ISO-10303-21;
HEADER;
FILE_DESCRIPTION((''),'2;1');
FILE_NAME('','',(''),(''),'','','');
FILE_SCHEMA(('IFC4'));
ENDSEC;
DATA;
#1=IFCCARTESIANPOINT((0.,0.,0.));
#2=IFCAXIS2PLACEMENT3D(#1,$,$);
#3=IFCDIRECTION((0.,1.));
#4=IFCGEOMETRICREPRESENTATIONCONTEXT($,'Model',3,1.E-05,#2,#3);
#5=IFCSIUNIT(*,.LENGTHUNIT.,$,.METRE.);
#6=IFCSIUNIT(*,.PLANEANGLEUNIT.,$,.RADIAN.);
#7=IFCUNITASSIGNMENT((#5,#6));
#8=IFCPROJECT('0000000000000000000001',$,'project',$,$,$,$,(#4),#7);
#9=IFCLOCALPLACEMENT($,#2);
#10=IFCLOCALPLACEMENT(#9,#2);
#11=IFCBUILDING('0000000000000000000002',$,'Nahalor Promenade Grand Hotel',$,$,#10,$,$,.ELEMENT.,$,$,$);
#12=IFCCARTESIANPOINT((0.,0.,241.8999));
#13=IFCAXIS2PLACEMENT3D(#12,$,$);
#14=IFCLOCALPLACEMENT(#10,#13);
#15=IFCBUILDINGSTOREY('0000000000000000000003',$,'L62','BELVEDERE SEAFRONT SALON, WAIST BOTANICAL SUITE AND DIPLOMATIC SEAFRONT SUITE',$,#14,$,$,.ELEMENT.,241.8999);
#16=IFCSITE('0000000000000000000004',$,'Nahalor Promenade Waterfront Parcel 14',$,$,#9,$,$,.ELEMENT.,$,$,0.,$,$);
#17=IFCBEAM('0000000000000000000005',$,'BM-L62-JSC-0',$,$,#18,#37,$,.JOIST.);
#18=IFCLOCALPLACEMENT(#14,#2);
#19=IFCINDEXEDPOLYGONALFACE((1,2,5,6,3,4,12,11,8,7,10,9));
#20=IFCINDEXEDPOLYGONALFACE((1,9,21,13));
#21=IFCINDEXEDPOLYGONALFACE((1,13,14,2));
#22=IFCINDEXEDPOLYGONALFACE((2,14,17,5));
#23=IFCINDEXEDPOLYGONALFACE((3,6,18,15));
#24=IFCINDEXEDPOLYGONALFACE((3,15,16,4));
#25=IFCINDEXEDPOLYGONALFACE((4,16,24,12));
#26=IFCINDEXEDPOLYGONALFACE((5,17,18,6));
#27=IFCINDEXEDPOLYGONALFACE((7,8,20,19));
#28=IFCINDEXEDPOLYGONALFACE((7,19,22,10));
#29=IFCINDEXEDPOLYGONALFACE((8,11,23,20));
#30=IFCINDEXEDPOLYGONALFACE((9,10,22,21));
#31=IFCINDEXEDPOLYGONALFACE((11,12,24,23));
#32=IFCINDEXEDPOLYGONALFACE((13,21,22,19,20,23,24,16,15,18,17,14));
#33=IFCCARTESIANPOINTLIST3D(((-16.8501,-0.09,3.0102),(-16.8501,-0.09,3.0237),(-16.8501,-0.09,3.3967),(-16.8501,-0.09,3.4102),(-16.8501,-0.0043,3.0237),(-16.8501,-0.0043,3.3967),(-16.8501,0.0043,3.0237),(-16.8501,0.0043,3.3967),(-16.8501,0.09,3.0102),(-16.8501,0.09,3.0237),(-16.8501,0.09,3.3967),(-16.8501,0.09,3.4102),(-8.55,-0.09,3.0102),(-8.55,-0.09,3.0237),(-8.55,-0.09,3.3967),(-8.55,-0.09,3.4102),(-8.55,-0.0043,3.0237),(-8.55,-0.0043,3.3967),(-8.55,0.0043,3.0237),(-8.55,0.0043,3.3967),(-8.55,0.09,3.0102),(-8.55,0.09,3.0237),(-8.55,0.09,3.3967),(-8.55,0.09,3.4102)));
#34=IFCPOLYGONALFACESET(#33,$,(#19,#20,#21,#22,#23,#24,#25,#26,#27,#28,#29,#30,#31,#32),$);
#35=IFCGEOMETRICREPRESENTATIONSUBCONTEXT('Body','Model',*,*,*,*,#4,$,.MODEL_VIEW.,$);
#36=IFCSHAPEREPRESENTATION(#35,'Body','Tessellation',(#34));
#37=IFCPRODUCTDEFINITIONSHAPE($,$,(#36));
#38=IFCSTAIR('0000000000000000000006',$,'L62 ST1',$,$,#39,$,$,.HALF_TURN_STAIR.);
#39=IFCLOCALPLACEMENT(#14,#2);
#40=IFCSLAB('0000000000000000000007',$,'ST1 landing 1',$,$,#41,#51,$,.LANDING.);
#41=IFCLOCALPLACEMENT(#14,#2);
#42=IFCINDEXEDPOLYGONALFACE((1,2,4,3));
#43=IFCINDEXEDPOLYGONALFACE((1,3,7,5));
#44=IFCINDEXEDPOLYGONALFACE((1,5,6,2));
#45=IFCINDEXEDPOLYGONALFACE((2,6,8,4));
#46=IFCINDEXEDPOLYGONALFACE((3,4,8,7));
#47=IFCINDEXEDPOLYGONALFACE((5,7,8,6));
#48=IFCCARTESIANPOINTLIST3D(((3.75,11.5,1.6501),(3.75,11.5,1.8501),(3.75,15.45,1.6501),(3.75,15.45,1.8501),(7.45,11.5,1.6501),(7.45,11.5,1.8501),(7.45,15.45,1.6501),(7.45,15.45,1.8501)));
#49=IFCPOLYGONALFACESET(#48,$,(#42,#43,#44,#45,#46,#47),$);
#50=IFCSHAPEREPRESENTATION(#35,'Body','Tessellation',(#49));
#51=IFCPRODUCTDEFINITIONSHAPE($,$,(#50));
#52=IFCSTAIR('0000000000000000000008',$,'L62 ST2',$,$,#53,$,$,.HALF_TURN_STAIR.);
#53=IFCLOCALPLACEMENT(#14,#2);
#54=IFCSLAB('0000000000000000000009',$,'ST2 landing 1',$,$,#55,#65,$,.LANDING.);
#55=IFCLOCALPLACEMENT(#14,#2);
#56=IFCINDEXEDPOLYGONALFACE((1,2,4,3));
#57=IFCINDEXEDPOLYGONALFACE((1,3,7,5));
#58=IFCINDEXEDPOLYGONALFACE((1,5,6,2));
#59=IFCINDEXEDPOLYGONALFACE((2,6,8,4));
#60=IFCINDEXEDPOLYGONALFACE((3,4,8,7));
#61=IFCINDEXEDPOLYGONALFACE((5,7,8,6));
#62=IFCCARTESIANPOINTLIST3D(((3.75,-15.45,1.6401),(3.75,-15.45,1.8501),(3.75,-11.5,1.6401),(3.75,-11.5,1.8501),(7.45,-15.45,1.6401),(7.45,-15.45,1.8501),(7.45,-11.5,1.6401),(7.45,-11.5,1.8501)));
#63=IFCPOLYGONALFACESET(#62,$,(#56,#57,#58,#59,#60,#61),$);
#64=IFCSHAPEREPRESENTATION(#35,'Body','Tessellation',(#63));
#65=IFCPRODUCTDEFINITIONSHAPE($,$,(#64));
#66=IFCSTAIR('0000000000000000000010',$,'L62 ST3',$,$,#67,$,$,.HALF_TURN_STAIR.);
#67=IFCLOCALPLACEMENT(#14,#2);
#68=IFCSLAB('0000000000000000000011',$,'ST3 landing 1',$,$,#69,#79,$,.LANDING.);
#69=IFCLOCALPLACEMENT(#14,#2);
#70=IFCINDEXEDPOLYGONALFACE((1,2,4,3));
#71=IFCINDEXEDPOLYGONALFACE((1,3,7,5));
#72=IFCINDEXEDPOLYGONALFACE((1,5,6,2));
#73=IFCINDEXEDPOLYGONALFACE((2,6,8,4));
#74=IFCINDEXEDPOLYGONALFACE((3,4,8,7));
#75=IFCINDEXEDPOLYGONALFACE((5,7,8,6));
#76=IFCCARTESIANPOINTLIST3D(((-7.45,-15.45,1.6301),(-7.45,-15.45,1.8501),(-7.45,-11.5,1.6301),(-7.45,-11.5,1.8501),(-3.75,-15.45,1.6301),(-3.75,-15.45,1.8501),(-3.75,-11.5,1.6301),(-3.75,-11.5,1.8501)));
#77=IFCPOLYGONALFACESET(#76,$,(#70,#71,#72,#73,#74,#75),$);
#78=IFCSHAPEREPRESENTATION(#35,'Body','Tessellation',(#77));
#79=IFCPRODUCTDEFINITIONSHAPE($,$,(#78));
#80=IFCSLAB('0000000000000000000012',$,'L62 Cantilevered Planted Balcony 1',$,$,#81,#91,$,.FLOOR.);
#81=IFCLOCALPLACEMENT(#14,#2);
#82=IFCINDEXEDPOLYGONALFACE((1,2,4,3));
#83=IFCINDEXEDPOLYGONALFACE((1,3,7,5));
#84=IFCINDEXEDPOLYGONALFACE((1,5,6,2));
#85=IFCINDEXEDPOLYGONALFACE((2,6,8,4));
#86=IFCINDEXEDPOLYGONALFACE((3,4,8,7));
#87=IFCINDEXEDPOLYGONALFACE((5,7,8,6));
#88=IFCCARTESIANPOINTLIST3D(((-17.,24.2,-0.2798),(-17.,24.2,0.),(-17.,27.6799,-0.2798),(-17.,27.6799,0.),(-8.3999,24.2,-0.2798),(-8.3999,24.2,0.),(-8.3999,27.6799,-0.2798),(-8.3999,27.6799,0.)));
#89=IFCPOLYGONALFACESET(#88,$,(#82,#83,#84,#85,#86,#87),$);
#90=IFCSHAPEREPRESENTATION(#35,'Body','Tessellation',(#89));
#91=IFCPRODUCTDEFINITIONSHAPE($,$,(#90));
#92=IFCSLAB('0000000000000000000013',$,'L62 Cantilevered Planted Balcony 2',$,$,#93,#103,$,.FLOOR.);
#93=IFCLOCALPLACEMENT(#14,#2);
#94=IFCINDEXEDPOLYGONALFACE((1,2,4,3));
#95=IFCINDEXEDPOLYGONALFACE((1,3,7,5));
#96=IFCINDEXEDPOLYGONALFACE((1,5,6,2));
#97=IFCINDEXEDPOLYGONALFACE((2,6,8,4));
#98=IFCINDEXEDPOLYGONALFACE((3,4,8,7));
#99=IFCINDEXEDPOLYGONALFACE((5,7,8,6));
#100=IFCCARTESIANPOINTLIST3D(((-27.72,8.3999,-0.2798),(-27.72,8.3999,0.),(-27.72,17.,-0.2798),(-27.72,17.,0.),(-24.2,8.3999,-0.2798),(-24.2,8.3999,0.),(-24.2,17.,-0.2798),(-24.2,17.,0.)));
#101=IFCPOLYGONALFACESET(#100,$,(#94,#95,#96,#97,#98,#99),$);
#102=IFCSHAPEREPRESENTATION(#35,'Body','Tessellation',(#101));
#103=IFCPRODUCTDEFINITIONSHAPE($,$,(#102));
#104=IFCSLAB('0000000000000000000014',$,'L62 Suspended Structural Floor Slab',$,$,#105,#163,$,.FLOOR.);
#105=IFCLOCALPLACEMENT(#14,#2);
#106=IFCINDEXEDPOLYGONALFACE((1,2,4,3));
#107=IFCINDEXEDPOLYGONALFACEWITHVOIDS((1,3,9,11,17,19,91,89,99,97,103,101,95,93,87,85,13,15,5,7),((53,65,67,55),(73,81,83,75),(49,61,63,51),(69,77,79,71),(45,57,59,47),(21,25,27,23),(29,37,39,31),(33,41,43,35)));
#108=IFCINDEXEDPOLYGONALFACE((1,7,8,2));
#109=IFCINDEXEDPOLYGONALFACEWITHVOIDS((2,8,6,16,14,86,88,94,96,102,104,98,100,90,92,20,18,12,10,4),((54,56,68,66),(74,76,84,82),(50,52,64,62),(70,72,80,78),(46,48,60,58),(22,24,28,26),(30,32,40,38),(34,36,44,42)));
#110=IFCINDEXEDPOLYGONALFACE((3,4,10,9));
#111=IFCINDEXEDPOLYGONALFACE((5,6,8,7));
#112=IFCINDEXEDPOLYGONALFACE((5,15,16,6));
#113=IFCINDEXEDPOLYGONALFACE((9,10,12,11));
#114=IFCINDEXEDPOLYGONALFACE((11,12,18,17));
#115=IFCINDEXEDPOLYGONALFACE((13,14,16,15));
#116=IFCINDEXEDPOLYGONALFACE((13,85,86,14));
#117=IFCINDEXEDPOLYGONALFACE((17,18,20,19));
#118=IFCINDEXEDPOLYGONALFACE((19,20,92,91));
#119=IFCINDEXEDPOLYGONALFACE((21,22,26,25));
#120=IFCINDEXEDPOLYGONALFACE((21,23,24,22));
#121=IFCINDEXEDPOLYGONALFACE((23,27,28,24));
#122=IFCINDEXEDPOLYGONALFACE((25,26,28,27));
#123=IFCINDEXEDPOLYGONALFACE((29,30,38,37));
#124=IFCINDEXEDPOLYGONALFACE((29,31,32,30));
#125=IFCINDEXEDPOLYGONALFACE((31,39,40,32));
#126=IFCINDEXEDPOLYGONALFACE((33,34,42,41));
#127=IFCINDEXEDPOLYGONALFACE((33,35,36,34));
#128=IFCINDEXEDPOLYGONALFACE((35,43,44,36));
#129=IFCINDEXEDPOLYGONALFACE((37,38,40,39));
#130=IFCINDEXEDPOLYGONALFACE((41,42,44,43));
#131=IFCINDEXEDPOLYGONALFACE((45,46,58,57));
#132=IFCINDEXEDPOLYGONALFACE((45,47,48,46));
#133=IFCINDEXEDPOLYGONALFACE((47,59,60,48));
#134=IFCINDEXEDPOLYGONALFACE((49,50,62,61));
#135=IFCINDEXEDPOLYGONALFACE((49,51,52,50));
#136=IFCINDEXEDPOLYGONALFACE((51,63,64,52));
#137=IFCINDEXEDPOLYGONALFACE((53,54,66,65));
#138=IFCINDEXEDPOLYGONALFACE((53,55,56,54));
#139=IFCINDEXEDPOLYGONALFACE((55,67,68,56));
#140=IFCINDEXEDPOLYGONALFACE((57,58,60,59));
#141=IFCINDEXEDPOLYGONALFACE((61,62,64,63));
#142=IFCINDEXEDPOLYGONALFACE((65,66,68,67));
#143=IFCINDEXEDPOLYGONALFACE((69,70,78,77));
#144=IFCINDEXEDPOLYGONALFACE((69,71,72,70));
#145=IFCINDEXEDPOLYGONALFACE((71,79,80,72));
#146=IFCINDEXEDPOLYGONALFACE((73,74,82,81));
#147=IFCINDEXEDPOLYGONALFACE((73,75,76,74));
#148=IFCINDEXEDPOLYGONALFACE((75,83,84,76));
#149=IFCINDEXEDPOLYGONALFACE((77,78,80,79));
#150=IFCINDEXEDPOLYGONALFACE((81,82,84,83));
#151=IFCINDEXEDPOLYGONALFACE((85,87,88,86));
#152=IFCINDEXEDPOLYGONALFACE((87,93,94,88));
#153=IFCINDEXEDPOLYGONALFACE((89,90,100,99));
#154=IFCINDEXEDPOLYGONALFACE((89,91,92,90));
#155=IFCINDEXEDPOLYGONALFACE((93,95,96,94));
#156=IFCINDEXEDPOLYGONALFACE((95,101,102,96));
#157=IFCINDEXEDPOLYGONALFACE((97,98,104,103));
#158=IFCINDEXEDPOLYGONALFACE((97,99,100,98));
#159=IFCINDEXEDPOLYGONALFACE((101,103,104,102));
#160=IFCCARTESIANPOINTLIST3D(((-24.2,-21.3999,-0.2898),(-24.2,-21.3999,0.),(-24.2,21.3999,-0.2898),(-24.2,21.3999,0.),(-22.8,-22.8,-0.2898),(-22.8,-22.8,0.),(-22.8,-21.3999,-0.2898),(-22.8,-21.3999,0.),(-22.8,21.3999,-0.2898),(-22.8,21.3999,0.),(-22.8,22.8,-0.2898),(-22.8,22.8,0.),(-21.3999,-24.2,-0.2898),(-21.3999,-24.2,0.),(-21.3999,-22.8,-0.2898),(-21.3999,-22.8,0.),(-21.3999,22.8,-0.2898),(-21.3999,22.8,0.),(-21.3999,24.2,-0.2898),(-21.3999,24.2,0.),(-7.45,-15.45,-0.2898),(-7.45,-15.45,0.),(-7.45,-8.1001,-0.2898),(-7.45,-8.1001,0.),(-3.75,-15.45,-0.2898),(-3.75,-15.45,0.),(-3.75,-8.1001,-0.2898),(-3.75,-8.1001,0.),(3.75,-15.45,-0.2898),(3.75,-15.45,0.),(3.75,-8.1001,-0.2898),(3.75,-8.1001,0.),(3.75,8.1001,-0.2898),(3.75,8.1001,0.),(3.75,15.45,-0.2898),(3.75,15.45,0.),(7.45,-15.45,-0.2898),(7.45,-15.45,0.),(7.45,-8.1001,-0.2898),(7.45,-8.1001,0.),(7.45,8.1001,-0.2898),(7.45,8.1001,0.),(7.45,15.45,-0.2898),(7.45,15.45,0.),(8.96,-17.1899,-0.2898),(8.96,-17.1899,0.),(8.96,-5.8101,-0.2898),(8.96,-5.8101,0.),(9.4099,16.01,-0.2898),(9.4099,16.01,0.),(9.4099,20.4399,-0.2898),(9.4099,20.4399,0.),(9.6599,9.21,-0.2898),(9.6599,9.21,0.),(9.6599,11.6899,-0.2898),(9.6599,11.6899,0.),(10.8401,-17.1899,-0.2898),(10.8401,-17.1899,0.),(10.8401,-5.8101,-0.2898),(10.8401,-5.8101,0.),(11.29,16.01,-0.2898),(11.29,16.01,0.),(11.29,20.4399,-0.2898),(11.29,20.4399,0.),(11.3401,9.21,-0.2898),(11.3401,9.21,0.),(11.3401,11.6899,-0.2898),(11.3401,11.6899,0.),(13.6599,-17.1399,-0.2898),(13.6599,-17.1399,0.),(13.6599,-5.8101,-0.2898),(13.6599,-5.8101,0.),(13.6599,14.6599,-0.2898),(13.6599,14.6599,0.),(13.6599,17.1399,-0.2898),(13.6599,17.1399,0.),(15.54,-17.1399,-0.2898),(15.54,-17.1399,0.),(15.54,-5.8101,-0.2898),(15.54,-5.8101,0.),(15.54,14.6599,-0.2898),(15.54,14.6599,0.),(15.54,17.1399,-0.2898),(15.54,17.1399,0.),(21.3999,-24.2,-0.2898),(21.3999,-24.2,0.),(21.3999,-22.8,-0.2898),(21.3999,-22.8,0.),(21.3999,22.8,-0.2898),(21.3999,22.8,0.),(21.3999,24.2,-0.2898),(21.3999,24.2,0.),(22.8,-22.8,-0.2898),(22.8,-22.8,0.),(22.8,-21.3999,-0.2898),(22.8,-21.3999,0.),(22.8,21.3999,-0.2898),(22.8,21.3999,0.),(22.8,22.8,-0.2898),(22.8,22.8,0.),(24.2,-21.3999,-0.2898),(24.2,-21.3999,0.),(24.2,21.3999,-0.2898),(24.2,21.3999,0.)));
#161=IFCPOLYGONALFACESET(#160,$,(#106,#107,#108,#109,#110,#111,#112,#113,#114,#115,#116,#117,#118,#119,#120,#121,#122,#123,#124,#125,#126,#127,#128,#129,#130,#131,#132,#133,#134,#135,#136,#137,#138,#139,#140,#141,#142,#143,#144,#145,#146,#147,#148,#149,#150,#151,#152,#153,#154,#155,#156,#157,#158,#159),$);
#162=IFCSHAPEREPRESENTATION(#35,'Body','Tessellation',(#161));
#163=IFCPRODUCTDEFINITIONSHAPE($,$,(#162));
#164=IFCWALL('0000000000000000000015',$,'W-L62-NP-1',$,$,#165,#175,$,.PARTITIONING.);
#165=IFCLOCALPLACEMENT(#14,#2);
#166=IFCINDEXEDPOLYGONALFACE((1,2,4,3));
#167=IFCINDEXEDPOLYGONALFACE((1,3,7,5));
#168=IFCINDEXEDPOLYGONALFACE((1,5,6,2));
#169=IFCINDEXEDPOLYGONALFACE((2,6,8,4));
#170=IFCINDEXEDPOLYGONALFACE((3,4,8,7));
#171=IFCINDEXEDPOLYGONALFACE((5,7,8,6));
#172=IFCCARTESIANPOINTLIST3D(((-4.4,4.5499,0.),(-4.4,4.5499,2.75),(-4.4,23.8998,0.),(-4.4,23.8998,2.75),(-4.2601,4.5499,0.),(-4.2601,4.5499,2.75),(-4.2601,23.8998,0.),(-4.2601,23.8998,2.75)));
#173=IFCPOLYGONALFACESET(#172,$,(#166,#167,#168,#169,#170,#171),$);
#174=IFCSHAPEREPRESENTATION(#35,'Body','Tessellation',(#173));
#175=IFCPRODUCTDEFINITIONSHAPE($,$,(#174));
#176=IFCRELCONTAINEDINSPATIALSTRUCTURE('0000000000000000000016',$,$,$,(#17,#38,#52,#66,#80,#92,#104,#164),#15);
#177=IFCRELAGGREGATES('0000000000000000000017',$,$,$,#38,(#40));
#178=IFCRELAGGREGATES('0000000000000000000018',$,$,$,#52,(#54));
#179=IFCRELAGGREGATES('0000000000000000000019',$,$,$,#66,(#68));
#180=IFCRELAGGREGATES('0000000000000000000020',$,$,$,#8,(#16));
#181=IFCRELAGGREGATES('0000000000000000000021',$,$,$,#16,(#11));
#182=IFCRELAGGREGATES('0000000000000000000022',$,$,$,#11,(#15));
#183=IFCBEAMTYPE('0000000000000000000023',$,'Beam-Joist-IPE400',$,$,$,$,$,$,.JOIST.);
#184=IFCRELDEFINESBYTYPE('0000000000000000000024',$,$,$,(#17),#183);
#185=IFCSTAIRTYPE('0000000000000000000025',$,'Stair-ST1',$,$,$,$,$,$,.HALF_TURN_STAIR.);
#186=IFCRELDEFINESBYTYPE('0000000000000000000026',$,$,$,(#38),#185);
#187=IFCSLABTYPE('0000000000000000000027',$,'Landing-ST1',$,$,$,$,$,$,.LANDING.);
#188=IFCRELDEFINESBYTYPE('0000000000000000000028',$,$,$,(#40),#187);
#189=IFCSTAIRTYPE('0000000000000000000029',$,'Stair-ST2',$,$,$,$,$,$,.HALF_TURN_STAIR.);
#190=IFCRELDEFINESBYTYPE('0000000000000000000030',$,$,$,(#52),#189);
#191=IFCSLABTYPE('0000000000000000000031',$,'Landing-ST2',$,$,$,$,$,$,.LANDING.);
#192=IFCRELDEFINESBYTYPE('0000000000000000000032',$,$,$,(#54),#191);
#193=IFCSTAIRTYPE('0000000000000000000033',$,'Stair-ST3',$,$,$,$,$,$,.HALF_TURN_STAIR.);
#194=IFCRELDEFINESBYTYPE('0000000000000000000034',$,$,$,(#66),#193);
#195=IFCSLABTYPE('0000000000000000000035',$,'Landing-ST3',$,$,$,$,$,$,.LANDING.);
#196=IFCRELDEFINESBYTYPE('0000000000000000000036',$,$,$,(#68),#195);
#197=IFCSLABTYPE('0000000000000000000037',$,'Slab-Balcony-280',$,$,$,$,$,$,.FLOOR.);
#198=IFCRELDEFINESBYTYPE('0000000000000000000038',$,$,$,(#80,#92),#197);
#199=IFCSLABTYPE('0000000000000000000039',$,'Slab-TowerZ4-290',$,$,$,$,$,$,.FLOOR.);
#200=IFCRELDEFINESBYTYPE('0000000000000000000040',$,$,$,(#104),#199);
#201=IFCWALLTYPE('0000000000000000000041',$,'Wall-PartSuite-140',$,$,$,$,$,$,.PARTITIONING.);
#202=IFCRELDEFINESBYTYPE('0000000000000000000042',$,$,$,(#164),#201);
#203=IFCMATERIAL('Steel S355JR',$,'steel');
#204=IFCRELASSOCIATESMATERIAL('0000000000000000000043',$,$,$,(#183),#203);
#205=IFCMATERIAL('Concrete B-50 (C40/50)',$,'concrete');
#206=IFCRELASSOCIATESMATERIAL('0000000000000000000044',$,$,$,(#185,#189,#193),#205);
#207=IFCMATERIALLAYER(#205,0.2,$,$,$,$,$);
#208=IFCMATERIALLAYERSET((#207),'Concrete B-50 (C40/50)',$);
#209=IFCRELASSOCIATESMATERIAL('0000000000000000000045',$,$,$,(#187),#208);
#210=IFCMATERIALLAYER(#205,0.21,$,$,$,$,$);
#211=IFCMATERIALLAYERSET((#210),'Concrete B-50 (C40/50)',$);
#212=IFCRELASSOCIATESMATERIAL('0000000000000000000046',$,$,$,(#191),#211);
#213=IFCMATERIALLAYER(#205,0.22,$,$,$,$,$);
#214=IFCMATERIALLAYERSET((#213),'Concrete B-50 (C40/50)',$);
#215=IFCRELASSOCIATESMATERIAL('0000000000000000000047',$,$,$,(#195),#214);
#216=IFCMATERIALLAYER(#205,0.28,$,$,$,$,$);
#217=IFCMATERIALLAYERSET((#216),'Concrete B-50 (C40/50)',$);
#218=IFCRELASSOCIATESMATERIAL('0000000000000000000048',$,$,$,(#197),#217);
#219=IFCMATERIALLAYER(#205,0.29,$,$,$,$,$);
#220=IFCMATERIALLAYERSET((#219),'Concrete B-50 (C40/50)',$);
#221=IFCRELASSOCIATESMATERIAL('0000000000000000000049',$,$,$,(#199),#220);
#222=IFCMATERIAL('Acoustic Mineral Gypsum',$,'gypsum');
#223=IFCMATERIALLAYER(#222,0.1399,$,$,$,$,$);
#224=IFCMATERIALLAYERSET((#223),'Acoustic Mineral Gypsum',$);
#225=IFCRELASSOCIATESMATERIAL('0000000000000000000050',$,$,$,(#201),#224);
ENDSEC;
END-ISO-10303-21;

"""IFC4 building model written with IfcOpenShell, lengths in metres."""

from ifc_helpers import new_model, si_unit, direction, frame, frame_2d, origin, origin_2d, place, context, subcontext, project, spatial, polyline, rectangle, i_section, outline, extrude, source, transform, mapped, material, layer, layer_set, material_profile, profile_set, type_object, element, aggregate, save


model = new_model("IFC4")

# Units and contexts
model_context = context("Model", 3, precision=1e-05, world=origin(), true_north=direction((0.0, 1.0)))
body_context = subcontext(model_context, "Body", "Model", "MODEL_VIEW")
ifc_project = project(units=[si_unit("LENGTHUNIT", "METRE"), si_unit("PLANEANGLEUNIT", "RADIAN")], contexts=[model_context])

# Site, building, storey
site_placement = place(None, origin())
site = spatial("IfcSite", under=ifc_project, at=site_placement, Name="Nahalor Promenade Waterfront Parcel 14", CompositionType="ELEMENT", RefElevation=0.0)
building_placement = place(site_placement, origin())
building = spatial("IfcBuilding", under=site, at=building_placement, Name="Nahalor Promenade Grand Hotel", CompositionType="ELEMENT")
storey_placement = place(building_placement, frame((0.0, 0.0, 241.8999)))
storey = spatial("IfcBuildingStorey", under=building, at=storey_placement, Name="L62", Description="BELVEDERE SEAFRONT SALON, WAIST BOTANICAL SUITE AND DIPLOMATIC SEAFRONT SUITE", CompositionType="ELEMENT", Elevation=241.8999)

# Beam
ifc_material_1 = material(Name="Steel S355JR", Category="steel")
ifc_material_profile_1 = material_profile(ifc_material_1, i_section(OverallWidth=0.18, OverallDepth=0.4, WebThickness=0.0086, FlangeThickness=0.0135, at=origin_2d()), Name="IPE 400")
ifc_profile_set_1 = profile_set([ifc_material_profile_1], Name="Steel S355JR")
beam_type_1 = type_object("IfcBeamType", Name="Beam-Joist-IPE400", PredefinedType="JOIST", material=ifc_profile_set_1)
shared_shape_1 = source(origin(), body_context, "Body", "SweptSolid", [
    extrude(i_section(OverallWidth=0.18, OverallDepth=0.4, WebThickness=0.0086, FlangeThickness=0.0135, at=origin_2d()), origin(), (0.0, 0.0, 1.0), 8.3),
])
for number, where, z_axis, x_axis, name in (
    (1, (-16.8501, 0.0, 3.2102), (1.0, 0.0, 0.0), (0.0, 1.0, 0.0), "BM-L62-JSC-0"),
):
    element("IfcBeam", number, at=place(storey_placement, frame(where, z_axis=z_axis, x_axis=x_axis)), inside=storey, type_object=beam_type_1, Name=name, PredefinedType="JOIST", context=body_context, shape_type="MappedRepresentation", body=[
        mapped(shared_shape_1, transform((0.0, 0.0, 0.0), scale=1.0)),
    ])

# Stairs, slabs
ifc_material_2 = material(Name="Concrete B-50 (C40/50)", Category="concrete")
stair_type_1 = type_object("IfcStairType", Name="Stair-ST1", PredefinedType="HALF_TURN_STAIR", material=ifc_material_2)
stair_1_placement = place(storey_placement, origin())
stair_1 = element("IfcStair", 2, at=stair_1_placement, inside=storey, type_object=stair_type_1, Name="L62 ST1", PredefinedType="HALF_TURN_STAIR")
ifc_layer_1 = layer(ifc_material_2, 0.2)
ifc_layer_set_1 = layer_set([ifc_layer_1], Name="Concrete B-50 (C40/50)")
slab_type_1 = type_object("IfcSlabType", Name="Landing-ST1", PredefinedType="LANDING", material=ifc_layer_set_1)
slab_1_placement = place(storey_placement, frame((0.0, 0.0, 1.6501)))
slab_1 = element("IfcSlab", 3, at=slab_1_placement, type_object=slab_type_1, Name="ST1 landing 1", PredefinedType="LANDING", context=body_context, shape_type="SweptSolid", body=[
    extrude(outline(polyline([(7.45, 11.5), (7.45, 15.45), (3.75, 15.45), (3.75, 11.5), (7.45, 11.5)])), origin(), (0.0, 0.0, 1.0), 0.2),
])
aggregate(stair_1, [slab_1])
stair_type_2 = type_object("IfcStairType", Name="Stair-ST2", PredefinedType="HALF_TURN_STAIR", material=ifc_material_2)
stair_2_placement = place(storey_placement, origin())
stair_2 = element("IfcStair", 4, at=stair_2_placement, inside=storey, type_object=stair_type_2, Name="L62 ST2", PredefinedType="HALF_TURN_STAIR")
ifc_layer_2 = layer(ifc_material_2, 0.21)
ifc_layer_set_2 = layer_set([ifc_layer_2], Name="Concrete B-50 (C40/50)")
slab_type_2 = type_object("IfcSlabType", Name="Landing-ST2", PredefinedType="LANDING", material=ifc_layer_set_2)
slab_2_placement = place(storey_placement, frame((0.0, 0.0, 1.6401)))
slab_2 = element("IfcSlab", 5, at=slab_2_placement, type_object=slab_type_2, Name="ST2 landing 1", PredefinedType="LANDING", context=body_context, shape_type="SweptSolid", body=[
    extrude(outline(polyline([(3.75, -11.5), (3.75, -15.45), (7.45, -15.45), (7.45, -11.5), (3.75, -11.5)])), origin(), (0.0, 0.0, 1.0), 0.21),
])
aggregate(stair_2, [slab_2])
stair_type_3 = type_object("IfcStairType", Name="Stair-ST3", PredefinedType="HALF_TURN_STAIR", material=ifc_material_2)
stair_3_placement = place(storey_placement, origin())
stair_3 = element("IfcStair", 6, at=stair_3_placement, inside=storey, type_object=stair_type_3, Name="L62 ST3", PredefinedType="HALF_TURN_STAIR")
ifc_layer_3 = layer(ifc_material_2, 0.22)
ifc_layer_set_3 = layer_set([ifc_layer_3], Name="Concrete B-50 (C40/50)")
slab_type_3 = type_object("IfcSlabType", Name="Landing-ST3", PredefinedType="LANDING", material=ifc_layer_set_3)
slab_3_placement = place(storey_placement, frame((0.0, 0.0, 1.6301)))
slab_3 = element("IfcSlab", 7, at=slab_3_placement, type_object=slab_type_3, Name="ST3 landing 1", PredefinedType="LANDING", context=body_context, shape_type="SweptSolid", body=[
    extrude(outline(polyline([(-7.45, -11.5), (-7.45, -15.45), (-3.75, -15.45), (-3.75, -11.5), (-7.45, -11.5)])), origin(), (0.0, 0.0, 1.0), 0.22),
])
aggregate(stair_3, [slab_3])

# Slabs
ifc_layer_4 = layer(ifc_material_2, 0.28)
ifc_layer_set_4 = layer_set([ifc_layer_4], Name="Concrete B-50 (C40/50)")
slab_type_4 = type_object("IfcSlabType", Name="Slab-Balcony-280", PredefinedType="FLOOR", material=ifc_layer_set_4)
slab_4_placement = place(storey_placement, frame((0.0, 0.0, -0.2798)))
element("IfcSlab", 8, at=slab_4_placement, inside=storey, type_object=slab_type_4, Name="L62 Cantilevered Planted Balcony 1", PredefinedType="FLOOR", context=body_context, shape_type="SweptSolid", body=[
    extrude(outline(polyline([(-17.0, 24.2), (-8.3999, 24.2), (-8.3999, 27.6799), (-17.0, 27.6799), (-17.0, 24.2)])), origin(), (0.0, 0.0, 1.0), 0.2798),
])
slab_5_placement = place(storey_placement, frame((0.0, 0.0, -0.2798)))
element("IfcSlab", 9, at=slab_5_placement, inside=storey, type_object=slab_type_4, Name="L62 Cantilevered Planted Balcony 2", PredefinedType="FLOOR", context=body_context, shape_type="SweptSolid", body=[
    extrude(outline(polyline([(-27.72, 8.3999), (-24.2, 8.3999), (-24.2, 17.0), (-27.72, 17.0), (-27.72, 8.3999)])), origin(), (0.0, 0.0, 1.0), 0.2798),
])
ifc_layer_5 = layer(ifc_material_2, 0.29)
ifc_layer_set_5 = layer_set([ifc_layer_5], Name="Concrete B-50 (C40/50)")
slab_type_5 = type_object("IfcSlabType", Name="Slab-TowerZ4-290", PredefinedType="FLOOR", material=ifc_layer_set_5)
slab_6_placement = place(storey_placement, frame((0.0, 0.0, -0.2898)))
element("IfcSlab", 10, at=slab_6_placement, inside=storey, type_object=slab_type_5, Name="L62 Suspended Structural Floor Slab", PredefinedType="FLOOR", context=body_context, shape_type="SweptSolid", body=[
    extrude(outline(polyline([(-21.3999, -24.2), (21.3999, -24.2), (21.3999, -22.8), (22.8, -22.8), (22.8, -21.3999), (24.2, -21.3999), (24.2, 21.3999), (22.8, 21.3999), (22.8, 22.8), (21.3999, 22.8), (21.3999, 24.2), (-21.3999, 24.2), (-21.3999, 22.8), (-22.8, 22.8), (-22.8, 21.3999), (-24.2, 21.3999), (-24.2, -21.3999), (-22.8, -21.3999), (-22.8, -22.8), (-21.3999, -22.8), (-21.3999, -24.2)]), holes=[polyline([(3.75, 8.1001), (7.45, 8.1001), (7.45, 15.45), (3.75, 15.45), (3.75, 8.1001)]), polyline([(3.75, -15.45), (7.45, -15.45), (7.45, -8.1001), (3.75, -8.1001), (3.75, -15.45)]), polyline([(-7.45, -15.45), (-3.75, -15.45), (-3.75, -8.1001), (-7.45, -8.1001), (-7.45, -15.45)]), polyline([(13.6599, -17.1399), (15.54, -17.1399), (15.54, -5.8101), (13.6599, -5.8101), (13.6599, -17.1399)]), polyline([(8.96, -17.1899), (10.8401, -17.1899), (10.8401, -5.8101), (8.96, -5.8101), (8.96, -17.1899)]), polyline([(9.4099, 16.01), (11.29, 16.01), (11.29, 20.4399), (9.4099, 20.4399), (9.4099, 16.01)]), polyline([(9.6599, 9.21), (11.3401, 9.21), (11.3401, 11.6899), (9.6599, 11.6899), (9.6599, 9.21)]), polyline([(13.6599, 14.6599), (15.54, 14.6599), (15.54, 17.1399), (13.6599, 17.1399), (13.6599, 14.6599)])]), origin(), (0.0, 0.0, 1.0), 0.2898),
])

# Wall
ifc_material_3 = material(Name="Acoustic Mineral Gypsum", Category="gypsum")
ifc_layer_6 = layer(ifc_material_3, 0.1399)
ifc_layer_set_6 = layer_set([ifc_layer_6], Name="Acoustic Mineral Gypsum")
wall_type_1 = type_object("IfcWallType", Name="Wall-PartSuite-140", PredefinedType="PARTITIONING", material=ifc_layer_set_6)
shared_shape_2 = source(origin(), body_context, "Body", "SweptSolid", [
    extrude(rectangle(XDim=19.3499, YDim=0.1399, at=frame_2d((9.6748, 0.0))), origin(), (0.0, 0.0, 1.0), 2.75),
])
wall_1_placement = place(storey_placement, frame((-4.3301, 4.55, 0.0), z_axis=(0.0, 0.0, 1.0), x_axis=(0.0, 1.0, 0.0)))
element("IfcWall", 11, at=wall_1_placement, inside=storey, type_object=wall_type_1, Name="W-L62-NP-1", PredefinedType="PARTITIONING", context=body_context, shape_type="MappedRepresentation", body=[
    mapped(shared_shape_2, transform((0.0, 0.0, 0.0), scale=1.0)),
])

save(model, "model.ifc")
